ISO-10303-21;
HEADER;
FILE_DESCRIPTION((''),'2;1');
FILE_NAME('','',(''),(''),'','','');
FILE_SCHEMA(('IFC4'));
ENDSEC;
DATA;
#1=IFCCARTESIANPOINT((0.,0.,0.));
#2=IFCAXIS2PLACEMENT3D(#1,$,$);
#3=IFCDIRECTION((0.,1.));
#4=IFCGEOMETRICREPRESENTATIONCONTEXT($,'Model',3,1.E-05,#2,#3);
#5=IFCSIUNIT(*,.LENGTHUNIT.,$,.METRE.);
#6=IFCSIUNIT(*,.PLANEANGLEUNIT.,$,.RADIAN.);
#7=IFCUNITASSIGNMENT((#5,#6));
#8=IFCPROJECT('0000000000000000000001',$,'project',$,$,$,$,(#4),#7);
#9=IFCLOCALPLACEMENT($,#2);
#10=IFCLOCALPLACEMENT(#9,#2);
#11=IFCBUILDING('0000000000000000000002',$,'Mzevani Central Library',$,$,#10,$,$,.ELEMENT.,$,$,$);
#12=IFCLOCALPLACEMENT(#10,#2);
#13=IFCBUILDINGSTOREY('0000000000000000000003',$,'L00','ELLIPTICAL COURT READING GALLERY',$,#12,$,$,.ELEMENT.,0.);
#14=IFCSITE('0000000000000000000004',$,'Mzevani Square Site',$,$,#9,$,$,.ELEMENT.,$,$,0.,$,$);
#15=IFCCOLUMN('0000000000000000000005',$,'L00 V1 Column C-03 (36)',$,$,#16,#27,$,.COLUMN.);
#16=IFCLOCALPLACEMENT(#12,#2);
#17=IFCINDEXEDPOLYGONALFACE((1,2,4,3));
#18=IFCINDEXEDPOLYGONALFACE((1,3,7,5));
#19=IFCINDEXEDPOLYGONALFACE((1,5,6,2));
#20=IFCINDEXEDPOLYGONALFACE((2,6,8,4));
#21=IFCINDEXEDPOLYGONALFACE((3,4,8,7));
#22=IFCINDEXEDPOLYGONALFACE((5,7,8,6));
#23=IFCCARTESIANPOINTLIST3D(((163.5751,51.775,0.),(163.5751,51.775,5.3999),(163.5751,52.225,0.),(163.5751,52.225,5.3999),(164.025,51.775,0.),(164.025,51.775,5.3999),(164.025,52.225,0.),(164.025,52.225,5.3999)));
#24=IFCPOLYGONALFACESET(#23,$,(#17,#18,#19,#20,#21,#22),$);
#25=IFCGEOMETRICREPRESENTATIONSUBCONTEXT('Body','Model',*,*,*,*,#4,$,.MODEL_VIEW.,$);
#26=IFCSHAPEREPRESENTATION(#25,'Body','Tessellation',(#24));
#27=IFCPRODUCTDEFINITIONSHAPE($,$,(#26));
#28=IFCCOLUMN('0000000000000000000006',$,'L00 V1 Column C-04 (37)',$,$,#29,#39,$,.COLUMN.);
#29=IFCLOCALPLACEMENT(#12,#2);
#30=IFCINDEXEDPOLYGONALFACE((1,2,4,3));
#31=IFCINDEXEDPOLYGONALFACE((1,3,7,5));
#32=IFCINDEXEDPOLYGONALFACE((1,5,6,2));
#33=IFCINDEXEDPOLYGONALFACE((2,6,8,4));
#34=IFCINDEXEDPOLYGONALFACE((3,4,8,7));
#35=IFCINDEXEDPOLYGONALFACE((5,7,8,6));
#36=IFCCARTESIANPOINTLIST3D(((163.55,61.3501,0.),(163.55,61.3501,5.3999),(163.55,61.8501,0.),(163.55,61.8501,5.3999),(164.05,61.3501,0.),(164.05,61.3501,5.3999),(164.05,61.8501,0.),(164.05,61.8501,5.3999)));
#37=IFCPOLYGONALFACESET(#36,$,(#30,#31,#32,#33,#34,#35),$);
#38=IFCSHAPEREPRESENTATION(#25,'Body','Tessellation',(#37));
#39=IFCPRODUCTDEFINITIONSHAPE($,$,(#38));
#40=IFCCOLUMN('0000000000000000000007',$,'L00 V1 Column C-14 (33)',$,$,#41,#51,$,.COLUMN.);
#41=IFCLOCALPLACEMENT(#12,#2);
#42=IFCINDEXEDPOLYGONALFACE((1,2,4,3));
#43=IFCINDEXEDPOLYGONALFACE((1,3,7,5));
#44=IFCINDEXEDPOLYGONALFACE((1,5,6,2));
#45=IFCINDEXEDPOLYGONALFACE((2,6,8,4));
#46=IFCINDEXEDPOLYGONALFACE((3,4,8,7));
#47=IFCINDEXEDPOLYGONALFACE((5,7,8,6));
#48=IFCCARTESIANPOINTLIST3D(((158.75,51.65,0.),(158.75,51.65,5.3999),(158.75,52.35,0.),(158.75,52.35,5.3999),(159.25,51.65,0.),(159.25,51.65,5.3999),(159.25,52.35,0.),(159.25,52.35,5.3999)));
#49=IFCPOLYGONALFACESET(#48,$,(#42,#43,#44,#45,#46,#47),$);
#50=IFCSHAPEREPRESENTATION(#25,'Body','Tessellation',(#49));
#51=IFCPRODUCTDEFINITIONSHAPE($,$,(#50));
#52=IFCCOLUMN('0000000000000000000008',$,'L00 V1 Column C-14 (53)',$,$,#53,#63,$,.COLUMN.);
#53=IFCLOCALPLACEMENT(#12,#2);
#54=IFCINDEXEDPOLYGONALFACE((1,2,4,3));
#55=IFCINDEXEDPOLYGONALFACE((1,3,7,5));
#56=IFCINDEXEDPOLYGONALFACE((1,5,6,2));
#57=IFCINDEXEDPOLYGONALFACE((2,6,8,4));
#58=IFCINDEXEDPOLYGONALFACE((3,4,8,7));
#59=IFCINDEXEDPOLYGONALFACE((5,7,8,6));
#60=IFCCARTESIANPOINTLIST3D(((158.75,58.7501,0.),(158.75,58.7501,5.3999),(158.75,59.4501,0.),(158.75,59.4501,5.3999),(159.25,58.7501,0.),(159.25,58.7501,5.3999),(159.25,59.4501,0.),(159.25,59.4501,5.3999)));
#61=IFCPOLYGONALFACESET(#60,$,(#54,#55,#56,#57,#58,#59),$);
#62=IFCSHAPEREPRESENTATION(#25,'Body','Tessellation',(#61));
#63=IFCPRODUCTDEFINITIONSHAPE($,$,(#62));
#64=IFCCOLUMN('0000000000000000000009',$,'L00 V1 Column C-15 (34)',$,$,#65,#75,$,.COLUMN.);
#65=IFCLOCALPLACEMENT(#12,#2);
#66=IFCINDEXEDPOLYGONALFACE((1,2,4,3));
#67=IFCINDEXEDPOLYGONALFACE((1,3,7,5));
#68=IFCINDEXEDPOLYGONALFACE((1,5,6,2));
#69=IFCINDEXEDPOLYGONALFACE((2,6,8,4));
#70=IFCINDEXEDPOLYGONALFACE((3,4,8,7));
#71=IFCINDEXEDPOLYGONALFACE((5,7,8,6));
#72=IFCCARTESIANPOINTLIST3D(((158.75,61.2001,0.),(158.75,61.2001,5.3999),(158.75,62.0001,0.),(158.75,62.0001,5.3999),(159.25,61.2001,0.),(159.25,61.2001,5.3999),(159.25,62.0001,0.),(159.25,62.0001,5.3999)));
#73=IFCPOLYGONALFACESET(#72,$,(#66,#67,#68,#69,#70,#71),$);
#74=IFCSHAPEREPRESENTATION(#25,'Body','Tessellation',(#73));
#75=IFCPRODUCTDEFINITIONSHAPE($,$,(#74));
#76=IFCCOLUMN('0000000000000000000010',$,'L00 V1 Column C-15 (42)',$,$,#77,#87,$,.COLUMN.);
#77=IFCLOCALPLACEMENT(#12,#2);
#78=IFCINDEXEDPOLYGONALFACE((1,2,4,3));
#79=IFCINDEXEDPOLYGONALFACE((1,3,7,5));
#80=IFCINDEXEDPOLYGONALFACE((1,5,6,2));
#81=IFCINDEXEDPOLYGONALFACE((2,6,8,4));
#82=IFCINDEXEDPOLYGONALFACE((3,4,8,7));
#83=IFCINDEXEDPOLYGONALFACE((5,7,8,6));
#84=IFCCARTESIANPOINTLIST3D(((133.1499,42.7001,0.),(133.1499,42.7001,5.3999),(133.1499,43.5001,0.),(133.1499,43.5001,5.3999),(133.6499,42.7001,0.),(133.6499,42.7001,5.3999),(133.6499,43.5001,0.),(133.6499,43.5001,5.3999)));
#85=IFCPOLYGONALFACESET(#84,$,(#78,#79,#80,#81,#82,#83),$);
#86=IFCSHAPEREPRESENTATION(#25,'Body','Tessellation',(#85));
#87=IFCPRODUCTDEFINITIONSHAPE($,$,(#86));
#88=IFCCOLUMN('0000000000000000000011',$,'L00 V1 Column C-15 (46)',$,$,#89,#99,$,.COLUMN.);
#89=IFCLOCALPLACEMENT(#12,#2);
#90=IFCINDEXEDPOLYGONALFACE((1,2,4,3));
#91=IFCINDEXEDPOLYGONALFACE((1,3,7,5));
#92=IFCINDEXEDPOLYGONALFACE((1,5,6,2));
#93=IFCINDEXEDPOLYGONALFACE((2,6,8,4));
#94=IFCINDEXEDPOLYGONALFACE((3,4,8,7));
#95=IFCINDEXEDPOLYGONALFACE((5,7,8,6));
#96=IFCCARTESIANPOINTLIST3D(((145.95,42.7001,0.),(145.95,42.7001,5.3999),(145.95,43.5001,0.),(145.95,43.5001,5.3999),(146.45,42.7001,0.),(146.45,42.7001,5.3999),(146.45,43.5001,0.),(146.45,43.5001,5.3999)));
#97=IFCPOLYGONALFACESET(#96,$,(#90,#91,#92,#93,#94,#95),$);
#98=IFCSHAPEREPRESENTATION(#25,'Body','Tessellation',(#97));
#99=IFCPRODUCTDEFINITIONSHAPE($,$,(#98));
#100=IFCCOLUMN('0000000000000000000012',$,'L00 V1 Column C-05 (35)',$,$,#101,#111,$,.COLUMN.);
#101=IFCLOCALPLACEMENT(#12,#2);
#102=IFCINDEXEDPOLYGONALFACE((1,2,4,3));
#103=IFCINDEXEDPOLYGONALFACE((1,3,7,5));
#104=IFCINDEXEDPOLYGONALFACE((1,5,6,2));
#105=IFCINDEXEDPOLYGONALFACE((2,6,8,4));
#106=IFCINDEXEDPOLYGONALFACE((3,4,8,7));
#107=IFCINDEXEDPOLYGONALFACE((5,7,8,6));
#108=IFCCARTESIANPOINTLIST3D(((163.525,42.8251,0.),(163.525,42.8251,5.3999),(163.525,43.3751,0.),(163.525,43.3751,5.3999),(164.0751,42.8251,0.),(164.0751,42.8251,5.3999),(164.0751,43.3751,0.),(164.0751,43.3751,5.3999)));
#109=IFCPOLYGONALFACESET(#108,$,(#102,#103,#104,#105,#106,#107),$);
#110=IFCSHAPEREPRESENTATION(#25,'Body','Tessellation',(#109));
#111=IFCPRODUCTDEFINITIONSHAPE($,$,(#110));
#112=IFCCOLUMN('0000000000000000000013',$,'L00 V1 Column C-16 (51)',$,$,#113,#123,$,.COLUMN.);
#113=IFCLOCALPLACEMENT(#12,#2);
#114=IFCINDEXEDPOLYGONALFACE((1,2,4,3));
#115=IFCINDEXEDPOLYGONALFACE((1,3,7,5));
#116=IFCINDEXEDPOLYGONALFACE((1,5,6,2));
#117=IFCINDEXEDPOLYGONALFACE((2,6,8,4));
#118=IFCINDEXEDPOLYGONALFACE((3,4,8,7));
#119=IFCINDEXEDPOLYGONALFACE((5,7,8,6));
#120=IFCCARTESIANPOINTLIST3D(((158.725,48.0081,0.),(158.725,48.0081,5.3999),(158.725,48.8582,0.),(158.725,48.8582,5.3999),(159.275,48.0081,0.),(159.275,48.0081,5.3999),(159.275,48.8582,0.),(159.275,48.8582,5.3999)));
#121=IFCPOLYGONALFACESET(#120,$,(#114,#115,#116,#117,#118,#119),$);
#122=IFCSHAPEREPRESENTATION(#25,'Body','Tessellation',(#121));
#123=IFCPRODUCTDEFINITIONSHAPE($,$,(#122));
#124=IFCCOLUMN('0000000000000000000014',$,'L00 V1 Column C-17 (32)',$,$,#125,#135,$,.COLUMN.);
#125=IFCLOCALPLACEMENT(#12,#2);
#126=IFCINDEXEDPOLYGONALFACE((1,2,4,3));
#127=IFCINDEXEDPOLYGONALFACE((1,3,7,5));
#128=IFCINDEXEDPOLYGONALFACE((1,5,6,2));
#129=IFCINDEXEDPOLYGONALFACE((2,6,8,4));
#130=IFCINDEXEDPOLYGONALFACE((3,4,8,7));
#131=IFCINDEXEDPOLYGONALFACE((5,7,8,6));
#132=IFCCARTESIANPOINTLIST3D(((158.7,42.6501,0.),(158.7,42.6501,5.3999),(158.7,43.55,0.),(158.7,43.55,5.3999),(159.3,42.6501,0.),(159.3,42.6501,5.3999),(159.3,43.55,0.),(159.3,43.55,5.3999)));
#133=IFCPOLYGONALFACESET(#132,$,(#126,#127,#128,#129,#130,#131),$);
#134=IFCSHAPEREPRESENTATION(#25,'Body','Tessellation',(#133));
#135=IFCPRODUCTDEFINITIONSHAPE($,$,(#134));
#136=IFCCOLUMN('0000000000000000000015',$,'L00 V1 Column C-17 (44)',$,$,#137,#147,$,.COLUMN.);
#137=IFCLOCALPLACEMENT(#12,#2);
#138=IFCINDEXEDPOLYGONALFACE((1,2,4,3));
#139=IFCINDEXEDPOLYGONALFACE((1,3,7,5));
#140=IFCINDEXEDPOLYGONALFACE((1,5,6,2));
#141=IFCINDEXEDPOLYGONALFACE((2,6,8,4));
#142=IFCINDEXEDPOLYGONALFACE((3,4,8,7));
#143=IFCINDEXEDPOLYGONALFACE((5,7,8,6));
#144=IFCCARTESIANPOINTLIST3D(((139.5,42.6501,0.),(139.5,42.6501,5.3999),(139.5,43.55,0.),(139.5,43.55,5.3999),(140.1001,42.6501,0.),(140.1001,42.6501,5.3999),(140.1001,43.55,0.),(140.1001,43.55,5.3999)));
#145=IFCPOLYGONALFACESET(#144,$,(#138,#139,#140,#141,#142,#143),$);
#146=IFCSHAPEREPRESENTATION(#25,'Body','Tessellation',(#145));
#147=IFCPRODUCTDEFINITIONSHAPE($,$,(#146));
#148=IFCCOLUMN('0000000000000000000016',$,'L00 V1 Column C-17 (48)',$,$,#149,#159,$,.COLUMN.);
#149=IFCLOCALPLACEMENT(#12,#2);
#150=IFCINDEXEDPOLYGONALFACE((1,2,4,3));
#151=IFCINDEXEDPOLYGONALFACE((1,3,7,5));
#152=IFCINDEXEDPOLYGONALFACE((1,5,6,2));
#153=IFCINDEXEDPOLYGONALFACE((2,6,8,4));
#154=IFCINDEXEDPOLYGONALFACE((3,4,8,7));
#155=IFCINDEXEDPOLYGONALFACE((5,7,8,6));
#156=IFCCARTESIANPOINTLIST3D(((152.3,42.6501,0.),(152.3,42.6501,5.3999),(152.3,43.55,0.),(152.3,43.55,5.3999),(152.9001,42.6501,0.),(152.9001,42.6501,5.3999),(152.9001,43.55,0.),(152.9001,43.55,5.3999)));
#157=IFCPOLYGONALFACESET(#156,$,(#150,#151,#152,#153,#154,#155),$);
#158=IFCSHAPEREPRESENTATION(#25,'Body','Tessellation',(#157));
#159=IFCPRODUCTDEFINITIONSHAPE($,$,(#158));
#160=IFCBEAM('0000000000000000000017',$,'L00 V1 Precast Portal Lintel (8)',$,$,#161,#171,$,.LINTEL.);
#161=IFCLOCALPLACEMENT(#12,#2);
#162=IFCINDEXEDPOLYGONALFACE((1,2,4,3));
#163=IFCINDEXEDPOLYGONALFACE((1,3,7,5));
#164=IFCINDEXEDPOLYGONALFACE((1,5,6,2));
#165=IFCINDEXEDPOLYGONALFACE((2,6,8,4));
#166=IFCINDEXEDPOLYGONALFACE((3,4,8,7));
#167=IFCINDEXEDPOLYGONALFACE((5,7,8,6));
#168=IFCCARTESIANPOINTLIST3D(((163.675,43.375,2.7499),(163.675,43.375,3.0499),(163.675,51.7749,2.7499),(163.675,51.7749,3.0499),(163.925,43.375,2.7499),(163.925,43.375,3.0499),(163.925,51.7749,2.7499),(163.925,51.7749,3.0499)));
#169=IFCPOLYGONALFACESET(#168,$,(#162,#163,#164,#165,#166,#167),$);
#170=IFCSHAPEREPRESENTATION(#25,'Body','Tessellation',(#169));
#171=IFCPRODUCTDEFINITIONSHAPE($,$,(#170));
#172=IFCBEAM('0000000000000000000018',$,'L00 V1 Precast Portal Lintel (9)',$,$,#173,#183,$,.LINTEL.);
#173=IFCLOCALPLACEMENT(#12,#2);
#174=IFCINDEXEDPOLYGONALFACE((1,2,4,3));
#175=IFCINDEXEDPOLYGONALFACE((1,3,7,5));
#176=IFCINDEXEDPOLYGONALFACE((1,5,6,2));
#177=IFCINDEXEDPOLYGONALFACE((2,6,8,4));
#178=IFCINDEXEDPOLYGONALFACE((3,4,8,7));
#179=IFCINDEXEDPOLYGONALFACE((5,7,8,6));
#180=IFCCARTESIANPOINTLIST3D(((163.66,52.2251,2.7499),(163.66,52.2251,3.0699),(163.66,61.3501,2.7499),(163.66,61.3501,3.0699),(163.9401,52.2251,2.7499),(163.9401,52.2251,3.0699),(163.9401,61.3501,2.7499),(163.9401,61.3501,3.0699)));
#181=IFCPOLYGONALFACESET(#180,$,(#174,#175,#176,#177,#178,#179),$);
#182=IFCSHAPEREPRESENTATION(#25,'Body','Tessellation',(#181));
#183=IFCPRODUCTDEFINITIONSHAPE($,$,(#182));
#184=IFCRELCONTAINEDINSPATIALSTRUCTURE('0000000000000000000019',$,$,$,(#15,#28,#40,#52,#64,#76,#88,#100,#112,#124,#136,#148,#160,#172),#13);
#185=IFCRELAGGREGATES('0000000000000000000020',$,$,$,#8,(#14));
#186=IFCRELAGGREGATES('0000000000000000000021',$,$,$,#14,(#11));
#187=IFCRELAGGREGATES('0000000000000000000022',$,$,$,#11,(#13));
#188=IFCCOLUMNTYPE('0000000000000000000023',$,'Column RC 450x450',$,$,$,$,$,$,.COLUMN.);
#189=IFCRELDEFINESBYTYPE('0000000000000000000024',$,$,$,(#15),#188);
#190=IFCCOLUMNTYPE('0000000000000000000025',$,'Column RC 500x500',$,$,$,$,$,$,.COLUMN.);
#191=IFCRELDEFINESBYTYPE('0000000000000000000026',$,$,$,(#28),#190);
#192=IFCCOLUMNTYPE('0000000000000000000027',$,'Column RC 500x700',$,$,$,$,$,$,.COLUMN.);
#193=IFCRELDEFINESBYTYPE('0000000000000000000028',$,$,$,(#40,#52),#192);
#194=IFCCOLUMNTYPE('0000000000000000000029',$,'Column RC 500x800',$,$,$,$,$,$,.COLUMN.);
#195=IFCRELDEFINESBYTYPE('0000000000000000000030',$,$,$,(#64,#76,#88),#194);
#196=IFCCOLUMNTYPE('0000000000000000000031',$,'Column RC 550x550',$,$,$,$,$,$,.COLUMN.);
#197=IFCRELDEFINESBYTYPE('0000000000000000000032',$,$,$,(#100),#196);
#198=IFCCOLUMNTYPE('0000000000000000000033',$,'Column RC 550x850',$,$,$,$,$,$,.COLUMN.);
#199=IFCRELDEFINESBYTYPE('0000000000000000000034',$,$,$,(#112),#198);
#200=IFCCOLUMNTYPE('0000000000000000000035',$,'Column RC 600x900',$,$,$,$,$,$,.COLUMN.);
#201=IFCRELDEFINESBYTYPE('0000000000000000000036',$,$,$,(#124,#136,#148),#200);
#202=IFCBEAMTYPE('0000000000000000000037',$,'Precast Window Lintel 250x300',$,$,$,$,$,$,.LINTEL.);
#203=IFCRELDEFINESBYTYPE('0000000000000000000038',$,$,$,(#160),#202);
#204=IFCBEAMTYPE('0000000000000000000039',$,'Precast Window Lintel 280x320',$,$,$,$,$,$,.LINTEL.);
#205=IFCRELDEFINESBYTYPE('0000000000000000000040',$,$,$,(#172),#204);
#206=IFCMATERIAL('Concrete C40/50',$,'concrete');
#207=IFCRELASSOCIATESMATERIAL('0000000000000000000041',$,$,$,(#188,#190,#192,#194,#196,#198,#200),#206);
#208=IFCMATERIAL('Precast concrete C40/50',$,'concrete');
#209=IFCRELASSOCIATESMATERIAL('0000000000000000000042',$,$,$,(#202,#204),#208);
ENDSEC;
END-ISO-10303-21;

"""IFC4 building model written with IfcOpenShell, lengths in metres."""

from ifc_helpers import new_model, si_unit, direction, frame, origin, origin_2d, place, context, subcontext, project, spatial, rectangle, extrude, material, material_profile, profile_set, type_object, element, save


model = new_model("IFC4")

# Units and contexts
model_context = context("Model", 3, precision=1e-05, world=origin(), true_north=direction((0.0, 1.0)))
body_context = subcontext(model_context, "Body", "Model", "MODEL_VIEW")
ifc_project = project(units=[si_unit("LENGTHUNIT", "METRE"), si_unit("PLANEANGLEUNIT", "RADIAN")], contexts=[model_context])

# Site, building, storey
site_placement = place(None, origin())
site = spatial("IfcSite", under=ifc_project, at=site_placement, Name="Mzevani Square Site", CompositionType="ELEMENT", RefElevation=0.0)
building_placement = place(site_placement, origin())
building = spatial("IfcBuilding", under=site, at=building_placement, Name="Mzevani Central Library", CompositionType="ELEMENT")
storey_placement = place(building_placement, origin())
storey = spatial("IfcBuildingStorey", under=building, at=storey_placement, Name="L00", Description="ELLIPTICAL COURT READING GALLERY", CompositionType="ELEMENT", Elevation=0.0)

# Columns
ifc_material_1 = material(Name="Concrete C40/50", Category="concrete")
ifc_material_profile_1 = material_profile(ifc_material_1, rectangle(XDim=0.45, YDim=0.45, at=origin_2d()), Name="RC 450x450")
ifc_profile_set_1 = profile_set([ifc_material_profile_1], Name="Concrete C40/50")
column_type_1 = type_object("IfcColumnType", Name="Column RC 450x450", PredefinedType="COLUMN", material=ifc_profile_set_1)
column_1_placement = place(storey_placement, frame((163.8, 52.0, 0.0), z_axis=(0.0, 0.0, 1.0), x_axis=(1.0, 0.0, 0.0)))
element("IfcColumn", 1, at=column_1_placement, inside=storey, type_object=column_type_1, Name="L00 V1 Column C-03 (36)", PredefinedType="COLUMN", context=body_context, shape_type="SweptSolid", body=[
    extrude(rectangle(XDim=0.45, YDim=0.45, at=origin_2d()), origin(), (0.0, 0.0, 1.0), 5.3999),
])
ifc_material_profile_2 = material_profile(ifc_material_1, rectangle(XDim=0.5, YDim=0.5, at=origin_2d()), Name="RC 500x500")
ifc_profile_set_2 = profile_set([ifc_material_profile_2], Name="Concrete C40/50")
column_type_2 = type_object("IfcColumnType", Name="Column RC 500x500", PredefinedType="COLUMN", material=ifc_profile_set_2)
column_2_placement = place(storey_placement, frame((163.8, 61.6001, 0.0), z_axis=(0.0, 0.0, 1.0), x_axis=(1.0, 0.0, 0.0)))
element("IfcColumn", 2, at=column_2_placement, inside=storey, type_object=column_type_2, Name="L00 V1 Column C-04 (37)", PredefinedType="COLUMN", context=body_context, shape_type="SweptSolid", body=[
    extrude(rectangle(XDim=0.5, YDim=0.5, at=origin_2d()), origin(), (0.0, 0.0, 1.0), 5.3999),
])
ifc_material_profile_3 = material_profile(ifc_material_1, rectangle(XDim=0.5, YDim=0.7, at=origin_2d()), Name="RC 500x700")
ifc_profile_set_3 = profile_set([ifc_material_profile_3], Name="Concrete C40/50")
column_type_3 = type_object("IfcColumnType", Name="Column RC 500x700", PredefinedType="COLUMN", material=ifc_profile_set_3)
for number, where, z_axis, x_axis, name in (
    (3, (159.0, 52.0, 0.0), (0.0, 0.0, 1.0), (1.0, 0.0, 0.0), "L00 V1 Column C-14 (33)"),
    (4, (159.0, 59.1001, 0.0), (0.0, 0.0, 1.0), (1.0, 0.0, 0.0), "L00 V1 Column C-14 (53)"),
):
    element("IfcColumn", number, at=place(storey_placement, frame(where, z_axis=z_axis, x_axis=x_axis)), inside=storey, type_object=column_type_3, Name=name, PredefinedType="COLUMN", context=body_context, shape_type="SweptSolid", body=[
        extrude(rectangle(XDim=0.5, YDim=0.7, at=origin_2d()), origin(), (0.0, 0.0, 1.0), 5.3999),
    ])
ifc_material_profile_4 = material_profile(ifc_material_1, rectangle(XDim=0.5, YDim=0.8, at=origin_2d()), Name="RC 500x800")
ifc_profile_set_4 = profile_set([ifc_material_profile_4], Name="Concrete C40/50")
column_type_4 = type_object("IfcColumnType", Name="Column RC 500x800", PredefinedType="COLUMN", material=ifc_profile_set_4)
for number, where, z_axis, x_axis, name in (
    (5, (159.0, 61.6001, 0.0), (0.0, 0.0, 1.0), (1.0, 0.0, 0.0), "L00 V1 Column C-15 (34)"),
    (6, (133.3999, 43.1001, 0.0), (0.0, 0.0, 1.0), (1.0, 0.0, 0.0), "L00 V1 Column C-15 (42)"),
    (7, (146.2, 43.1001, 0.0), (0.0, 0.0, 1.0), (1.0, 0.0, 0.0), "L00 V1 Column C-15 (46)"),
):
    element("IfcColumn", number, at=place(storey_placement, frame(where, z_axis=z_axis, x_axis=x_axis)), inside=storey, type_object=column_type_4, Name=name, PredefinedType="COLUMN", context=body_context, shape_type="SweptSolid", body=[
        extrude(rectangle(XDim=0.5, YDim=0.8, at=origin_2d()), origin(), (0.0, 0.0, 1.0), 5.3999),
    ])
ifc_material_profile_5 = material_profile(ifc_material_1, rectangle(XDim=0.55, YDim=0.55, at=origin_2d()), Name="RC 550x550")
ifc_profile_set_5 = profile_set([ifc_material_profile_5], Name="Concrete C40/50")
column_type_5 = type_object("IfcColumnType", Name="Column RC 550x550", PredefinedType="COLUMN", material=ifc_profile_set_5)
column_3_placement = place(storey_placement, frame((163.8, 43.1001, 0.0), z_axis=(0.0, 0.0, 1.0), x_axis=(1.0, 0.0, 0.0)))
element("IfcColumn", 8, at=column_3_placement, inside=storey, type_object=column_type_5, Name="L00 V1 Column C-05 (35)", PredefinedType="COLUMN", context=body_context, shape_type="SweptSolid", body=[
    extrude(rectangle(XDim=0.55, YDim=0.55, at=origin_2d()), origin(), (0.0, 0.0, 1.0), 5.3999),
])
ifc_material_profile_6 = material_profile(ifc_material_1, rectangle(XDim=0.55, YDim=0.8501, at=origin_2d()), Name="RC 550x850")
ifc_profile_set_6 = profile_set([ifc_material_profile_6], Name="Concrete C40/50")
column_type_6 = type_object("IfcColumnType", Name="Column RC 550x850", PredefinedType="COLUMN", material=ifc_profile_set_6)
column_4_placement = place(storey_placement, frame((159.0, 48.4331, 0.0), z_axis=(0.0, 0.0, 1.0), x_axis=(1.0, 0.0, 0.0)))
element("IfcColumn", 9, at=column_4_placement, inside=storey, type_object=column_type_6, Name="L00 V1 Column C-16 (51)", PredefinedType="COLUMN", context=body_context, shape_type="SweptSolid", body=[
    extrude(rectangle(XDim=0.55, YDim=0.8501, at=origin_2d()), origin(), (0.0, 0.0, 1.0), 5.3999),
])
ifc_material_profile_7 = material_profile(ifc_material_1, rectangle(XDim=0.6001, YDim=0.8999, at=origin_2d()), Name="RC 600x900")
ifc_profile_set_7 = profile_set([ifc_material_profile_7], Name="Concrete C40/50")
column_type_7 = type_object("IfcColumnType", Name="Column RC 600x900", PredefinedType="COLUMN", material=ifc_profile_set_7)
for number, where, z_axis, x_axis, name in (
    (10, (159.0, 43.1001, 0.0), (0.0, 0.0, 1.0), (1.0, 0.0, 0.0), "L00 V1 Column C-17 (32)"),
    (11, (139.8, 43.1001, 0.0), (0.0, 0.0, 1.0), (1.0, 0.0, 0.0), "L00 V1 Column C-17 (44)"),
    (12, (152.6001, 43.1001, 0.0), (0.0, 0.0, 1.0), (1.0, 0.0, 0.0), "L00 V1 Column C-17 (48)"),
):
    element("IfcColumn", number, at=place(storey_placement, frame(where, z_axis=z_axis, x_axis=x_axis)), inside=storey, type_object=column_type_7, Name=name, PredefinedType="COLUMN", context=body_context, shape_type="SweptSolid", body=[
        extrude(rectangle(XDim=0.6001, YDim=0.8999, at=origin_2d()), origin(), (0.0, 0.0, 1.0), 5.3999),
    ])

# Beams
ifc_material_2 = material(Name="Precast concrete C40/50", Category="concrete")
ifc_material_profile_8 = material_profile(ifc_material_2, rectangle(XDim=0.25, YDim=0.3, at=origin_2d()), Name="PC LN250x300")
ifc_profile_set_8 = profile_set([ifc_material_profile_8], Name="Precast concrete C40/50")
beam_type_1 = type_object("IfcBeamType", Name="Precast Window Lintel 250x300", PredefinedType="LINTEL", material=ifc_profile_set_8)
beam_1_placement = place(storey_placement, frame((163.8, 43.375, 2.8999), z_axis=(0.0, 1.0, 0.0), x_axis=(-1.0, 0.0, 0.0)))
element("IfcBeam", 13, at=beam_1_placement, inside=storey, type_object=beam_type_1, Name="L00 V1 Precast Portal Lintel (8)", PredefinedType="LINTEL", context=body_context, shape_type="SweptSolid", body=[
    extrude(rectangle(XDim=0.25, YDim=0.3, at=origin_2d()), origin(), (0.0, 0.0, 1.0), 8.3999),
])
ifc_material_profile_9 = material_profile(ifc_material_2, rectangle(XDim=0.28, YDim=0.3201, at=origin_2d()), Name="PC LN280x320")
ifc_profile_set_9 = profile_set([ifc_material_profile_9], Name="Precast concrete C40/50")
beam_type_2 = type_object("IfcBeamType", Name="Precast Window Lintel 280x320", PredefinedType="LINTEL", material=ifc_profile_set_9)
beam_2_placement = place(storey_placement, frame((163.8, 52.2251, 2.9099), z_axis=(0.0, 1.0, 0.0), x_axis=(-1.0, 0.0, 0.0)))
element("IfcBeam", 14, at=beam_2_placement, inside=storey, type_object=beam_type_2, Name="L00 V1 Precast Portal Lintel (9)", PredefinedType="LINTEL", context=body_context, shape_type="SweptSolid", body=[
    extrude(rectangle(XDim=0.28, YDim=0.3201, at=origin_2d()), origin(), (0.0, 0.0, 1.0), 9.125),
])

save(model, "model.ifc")
